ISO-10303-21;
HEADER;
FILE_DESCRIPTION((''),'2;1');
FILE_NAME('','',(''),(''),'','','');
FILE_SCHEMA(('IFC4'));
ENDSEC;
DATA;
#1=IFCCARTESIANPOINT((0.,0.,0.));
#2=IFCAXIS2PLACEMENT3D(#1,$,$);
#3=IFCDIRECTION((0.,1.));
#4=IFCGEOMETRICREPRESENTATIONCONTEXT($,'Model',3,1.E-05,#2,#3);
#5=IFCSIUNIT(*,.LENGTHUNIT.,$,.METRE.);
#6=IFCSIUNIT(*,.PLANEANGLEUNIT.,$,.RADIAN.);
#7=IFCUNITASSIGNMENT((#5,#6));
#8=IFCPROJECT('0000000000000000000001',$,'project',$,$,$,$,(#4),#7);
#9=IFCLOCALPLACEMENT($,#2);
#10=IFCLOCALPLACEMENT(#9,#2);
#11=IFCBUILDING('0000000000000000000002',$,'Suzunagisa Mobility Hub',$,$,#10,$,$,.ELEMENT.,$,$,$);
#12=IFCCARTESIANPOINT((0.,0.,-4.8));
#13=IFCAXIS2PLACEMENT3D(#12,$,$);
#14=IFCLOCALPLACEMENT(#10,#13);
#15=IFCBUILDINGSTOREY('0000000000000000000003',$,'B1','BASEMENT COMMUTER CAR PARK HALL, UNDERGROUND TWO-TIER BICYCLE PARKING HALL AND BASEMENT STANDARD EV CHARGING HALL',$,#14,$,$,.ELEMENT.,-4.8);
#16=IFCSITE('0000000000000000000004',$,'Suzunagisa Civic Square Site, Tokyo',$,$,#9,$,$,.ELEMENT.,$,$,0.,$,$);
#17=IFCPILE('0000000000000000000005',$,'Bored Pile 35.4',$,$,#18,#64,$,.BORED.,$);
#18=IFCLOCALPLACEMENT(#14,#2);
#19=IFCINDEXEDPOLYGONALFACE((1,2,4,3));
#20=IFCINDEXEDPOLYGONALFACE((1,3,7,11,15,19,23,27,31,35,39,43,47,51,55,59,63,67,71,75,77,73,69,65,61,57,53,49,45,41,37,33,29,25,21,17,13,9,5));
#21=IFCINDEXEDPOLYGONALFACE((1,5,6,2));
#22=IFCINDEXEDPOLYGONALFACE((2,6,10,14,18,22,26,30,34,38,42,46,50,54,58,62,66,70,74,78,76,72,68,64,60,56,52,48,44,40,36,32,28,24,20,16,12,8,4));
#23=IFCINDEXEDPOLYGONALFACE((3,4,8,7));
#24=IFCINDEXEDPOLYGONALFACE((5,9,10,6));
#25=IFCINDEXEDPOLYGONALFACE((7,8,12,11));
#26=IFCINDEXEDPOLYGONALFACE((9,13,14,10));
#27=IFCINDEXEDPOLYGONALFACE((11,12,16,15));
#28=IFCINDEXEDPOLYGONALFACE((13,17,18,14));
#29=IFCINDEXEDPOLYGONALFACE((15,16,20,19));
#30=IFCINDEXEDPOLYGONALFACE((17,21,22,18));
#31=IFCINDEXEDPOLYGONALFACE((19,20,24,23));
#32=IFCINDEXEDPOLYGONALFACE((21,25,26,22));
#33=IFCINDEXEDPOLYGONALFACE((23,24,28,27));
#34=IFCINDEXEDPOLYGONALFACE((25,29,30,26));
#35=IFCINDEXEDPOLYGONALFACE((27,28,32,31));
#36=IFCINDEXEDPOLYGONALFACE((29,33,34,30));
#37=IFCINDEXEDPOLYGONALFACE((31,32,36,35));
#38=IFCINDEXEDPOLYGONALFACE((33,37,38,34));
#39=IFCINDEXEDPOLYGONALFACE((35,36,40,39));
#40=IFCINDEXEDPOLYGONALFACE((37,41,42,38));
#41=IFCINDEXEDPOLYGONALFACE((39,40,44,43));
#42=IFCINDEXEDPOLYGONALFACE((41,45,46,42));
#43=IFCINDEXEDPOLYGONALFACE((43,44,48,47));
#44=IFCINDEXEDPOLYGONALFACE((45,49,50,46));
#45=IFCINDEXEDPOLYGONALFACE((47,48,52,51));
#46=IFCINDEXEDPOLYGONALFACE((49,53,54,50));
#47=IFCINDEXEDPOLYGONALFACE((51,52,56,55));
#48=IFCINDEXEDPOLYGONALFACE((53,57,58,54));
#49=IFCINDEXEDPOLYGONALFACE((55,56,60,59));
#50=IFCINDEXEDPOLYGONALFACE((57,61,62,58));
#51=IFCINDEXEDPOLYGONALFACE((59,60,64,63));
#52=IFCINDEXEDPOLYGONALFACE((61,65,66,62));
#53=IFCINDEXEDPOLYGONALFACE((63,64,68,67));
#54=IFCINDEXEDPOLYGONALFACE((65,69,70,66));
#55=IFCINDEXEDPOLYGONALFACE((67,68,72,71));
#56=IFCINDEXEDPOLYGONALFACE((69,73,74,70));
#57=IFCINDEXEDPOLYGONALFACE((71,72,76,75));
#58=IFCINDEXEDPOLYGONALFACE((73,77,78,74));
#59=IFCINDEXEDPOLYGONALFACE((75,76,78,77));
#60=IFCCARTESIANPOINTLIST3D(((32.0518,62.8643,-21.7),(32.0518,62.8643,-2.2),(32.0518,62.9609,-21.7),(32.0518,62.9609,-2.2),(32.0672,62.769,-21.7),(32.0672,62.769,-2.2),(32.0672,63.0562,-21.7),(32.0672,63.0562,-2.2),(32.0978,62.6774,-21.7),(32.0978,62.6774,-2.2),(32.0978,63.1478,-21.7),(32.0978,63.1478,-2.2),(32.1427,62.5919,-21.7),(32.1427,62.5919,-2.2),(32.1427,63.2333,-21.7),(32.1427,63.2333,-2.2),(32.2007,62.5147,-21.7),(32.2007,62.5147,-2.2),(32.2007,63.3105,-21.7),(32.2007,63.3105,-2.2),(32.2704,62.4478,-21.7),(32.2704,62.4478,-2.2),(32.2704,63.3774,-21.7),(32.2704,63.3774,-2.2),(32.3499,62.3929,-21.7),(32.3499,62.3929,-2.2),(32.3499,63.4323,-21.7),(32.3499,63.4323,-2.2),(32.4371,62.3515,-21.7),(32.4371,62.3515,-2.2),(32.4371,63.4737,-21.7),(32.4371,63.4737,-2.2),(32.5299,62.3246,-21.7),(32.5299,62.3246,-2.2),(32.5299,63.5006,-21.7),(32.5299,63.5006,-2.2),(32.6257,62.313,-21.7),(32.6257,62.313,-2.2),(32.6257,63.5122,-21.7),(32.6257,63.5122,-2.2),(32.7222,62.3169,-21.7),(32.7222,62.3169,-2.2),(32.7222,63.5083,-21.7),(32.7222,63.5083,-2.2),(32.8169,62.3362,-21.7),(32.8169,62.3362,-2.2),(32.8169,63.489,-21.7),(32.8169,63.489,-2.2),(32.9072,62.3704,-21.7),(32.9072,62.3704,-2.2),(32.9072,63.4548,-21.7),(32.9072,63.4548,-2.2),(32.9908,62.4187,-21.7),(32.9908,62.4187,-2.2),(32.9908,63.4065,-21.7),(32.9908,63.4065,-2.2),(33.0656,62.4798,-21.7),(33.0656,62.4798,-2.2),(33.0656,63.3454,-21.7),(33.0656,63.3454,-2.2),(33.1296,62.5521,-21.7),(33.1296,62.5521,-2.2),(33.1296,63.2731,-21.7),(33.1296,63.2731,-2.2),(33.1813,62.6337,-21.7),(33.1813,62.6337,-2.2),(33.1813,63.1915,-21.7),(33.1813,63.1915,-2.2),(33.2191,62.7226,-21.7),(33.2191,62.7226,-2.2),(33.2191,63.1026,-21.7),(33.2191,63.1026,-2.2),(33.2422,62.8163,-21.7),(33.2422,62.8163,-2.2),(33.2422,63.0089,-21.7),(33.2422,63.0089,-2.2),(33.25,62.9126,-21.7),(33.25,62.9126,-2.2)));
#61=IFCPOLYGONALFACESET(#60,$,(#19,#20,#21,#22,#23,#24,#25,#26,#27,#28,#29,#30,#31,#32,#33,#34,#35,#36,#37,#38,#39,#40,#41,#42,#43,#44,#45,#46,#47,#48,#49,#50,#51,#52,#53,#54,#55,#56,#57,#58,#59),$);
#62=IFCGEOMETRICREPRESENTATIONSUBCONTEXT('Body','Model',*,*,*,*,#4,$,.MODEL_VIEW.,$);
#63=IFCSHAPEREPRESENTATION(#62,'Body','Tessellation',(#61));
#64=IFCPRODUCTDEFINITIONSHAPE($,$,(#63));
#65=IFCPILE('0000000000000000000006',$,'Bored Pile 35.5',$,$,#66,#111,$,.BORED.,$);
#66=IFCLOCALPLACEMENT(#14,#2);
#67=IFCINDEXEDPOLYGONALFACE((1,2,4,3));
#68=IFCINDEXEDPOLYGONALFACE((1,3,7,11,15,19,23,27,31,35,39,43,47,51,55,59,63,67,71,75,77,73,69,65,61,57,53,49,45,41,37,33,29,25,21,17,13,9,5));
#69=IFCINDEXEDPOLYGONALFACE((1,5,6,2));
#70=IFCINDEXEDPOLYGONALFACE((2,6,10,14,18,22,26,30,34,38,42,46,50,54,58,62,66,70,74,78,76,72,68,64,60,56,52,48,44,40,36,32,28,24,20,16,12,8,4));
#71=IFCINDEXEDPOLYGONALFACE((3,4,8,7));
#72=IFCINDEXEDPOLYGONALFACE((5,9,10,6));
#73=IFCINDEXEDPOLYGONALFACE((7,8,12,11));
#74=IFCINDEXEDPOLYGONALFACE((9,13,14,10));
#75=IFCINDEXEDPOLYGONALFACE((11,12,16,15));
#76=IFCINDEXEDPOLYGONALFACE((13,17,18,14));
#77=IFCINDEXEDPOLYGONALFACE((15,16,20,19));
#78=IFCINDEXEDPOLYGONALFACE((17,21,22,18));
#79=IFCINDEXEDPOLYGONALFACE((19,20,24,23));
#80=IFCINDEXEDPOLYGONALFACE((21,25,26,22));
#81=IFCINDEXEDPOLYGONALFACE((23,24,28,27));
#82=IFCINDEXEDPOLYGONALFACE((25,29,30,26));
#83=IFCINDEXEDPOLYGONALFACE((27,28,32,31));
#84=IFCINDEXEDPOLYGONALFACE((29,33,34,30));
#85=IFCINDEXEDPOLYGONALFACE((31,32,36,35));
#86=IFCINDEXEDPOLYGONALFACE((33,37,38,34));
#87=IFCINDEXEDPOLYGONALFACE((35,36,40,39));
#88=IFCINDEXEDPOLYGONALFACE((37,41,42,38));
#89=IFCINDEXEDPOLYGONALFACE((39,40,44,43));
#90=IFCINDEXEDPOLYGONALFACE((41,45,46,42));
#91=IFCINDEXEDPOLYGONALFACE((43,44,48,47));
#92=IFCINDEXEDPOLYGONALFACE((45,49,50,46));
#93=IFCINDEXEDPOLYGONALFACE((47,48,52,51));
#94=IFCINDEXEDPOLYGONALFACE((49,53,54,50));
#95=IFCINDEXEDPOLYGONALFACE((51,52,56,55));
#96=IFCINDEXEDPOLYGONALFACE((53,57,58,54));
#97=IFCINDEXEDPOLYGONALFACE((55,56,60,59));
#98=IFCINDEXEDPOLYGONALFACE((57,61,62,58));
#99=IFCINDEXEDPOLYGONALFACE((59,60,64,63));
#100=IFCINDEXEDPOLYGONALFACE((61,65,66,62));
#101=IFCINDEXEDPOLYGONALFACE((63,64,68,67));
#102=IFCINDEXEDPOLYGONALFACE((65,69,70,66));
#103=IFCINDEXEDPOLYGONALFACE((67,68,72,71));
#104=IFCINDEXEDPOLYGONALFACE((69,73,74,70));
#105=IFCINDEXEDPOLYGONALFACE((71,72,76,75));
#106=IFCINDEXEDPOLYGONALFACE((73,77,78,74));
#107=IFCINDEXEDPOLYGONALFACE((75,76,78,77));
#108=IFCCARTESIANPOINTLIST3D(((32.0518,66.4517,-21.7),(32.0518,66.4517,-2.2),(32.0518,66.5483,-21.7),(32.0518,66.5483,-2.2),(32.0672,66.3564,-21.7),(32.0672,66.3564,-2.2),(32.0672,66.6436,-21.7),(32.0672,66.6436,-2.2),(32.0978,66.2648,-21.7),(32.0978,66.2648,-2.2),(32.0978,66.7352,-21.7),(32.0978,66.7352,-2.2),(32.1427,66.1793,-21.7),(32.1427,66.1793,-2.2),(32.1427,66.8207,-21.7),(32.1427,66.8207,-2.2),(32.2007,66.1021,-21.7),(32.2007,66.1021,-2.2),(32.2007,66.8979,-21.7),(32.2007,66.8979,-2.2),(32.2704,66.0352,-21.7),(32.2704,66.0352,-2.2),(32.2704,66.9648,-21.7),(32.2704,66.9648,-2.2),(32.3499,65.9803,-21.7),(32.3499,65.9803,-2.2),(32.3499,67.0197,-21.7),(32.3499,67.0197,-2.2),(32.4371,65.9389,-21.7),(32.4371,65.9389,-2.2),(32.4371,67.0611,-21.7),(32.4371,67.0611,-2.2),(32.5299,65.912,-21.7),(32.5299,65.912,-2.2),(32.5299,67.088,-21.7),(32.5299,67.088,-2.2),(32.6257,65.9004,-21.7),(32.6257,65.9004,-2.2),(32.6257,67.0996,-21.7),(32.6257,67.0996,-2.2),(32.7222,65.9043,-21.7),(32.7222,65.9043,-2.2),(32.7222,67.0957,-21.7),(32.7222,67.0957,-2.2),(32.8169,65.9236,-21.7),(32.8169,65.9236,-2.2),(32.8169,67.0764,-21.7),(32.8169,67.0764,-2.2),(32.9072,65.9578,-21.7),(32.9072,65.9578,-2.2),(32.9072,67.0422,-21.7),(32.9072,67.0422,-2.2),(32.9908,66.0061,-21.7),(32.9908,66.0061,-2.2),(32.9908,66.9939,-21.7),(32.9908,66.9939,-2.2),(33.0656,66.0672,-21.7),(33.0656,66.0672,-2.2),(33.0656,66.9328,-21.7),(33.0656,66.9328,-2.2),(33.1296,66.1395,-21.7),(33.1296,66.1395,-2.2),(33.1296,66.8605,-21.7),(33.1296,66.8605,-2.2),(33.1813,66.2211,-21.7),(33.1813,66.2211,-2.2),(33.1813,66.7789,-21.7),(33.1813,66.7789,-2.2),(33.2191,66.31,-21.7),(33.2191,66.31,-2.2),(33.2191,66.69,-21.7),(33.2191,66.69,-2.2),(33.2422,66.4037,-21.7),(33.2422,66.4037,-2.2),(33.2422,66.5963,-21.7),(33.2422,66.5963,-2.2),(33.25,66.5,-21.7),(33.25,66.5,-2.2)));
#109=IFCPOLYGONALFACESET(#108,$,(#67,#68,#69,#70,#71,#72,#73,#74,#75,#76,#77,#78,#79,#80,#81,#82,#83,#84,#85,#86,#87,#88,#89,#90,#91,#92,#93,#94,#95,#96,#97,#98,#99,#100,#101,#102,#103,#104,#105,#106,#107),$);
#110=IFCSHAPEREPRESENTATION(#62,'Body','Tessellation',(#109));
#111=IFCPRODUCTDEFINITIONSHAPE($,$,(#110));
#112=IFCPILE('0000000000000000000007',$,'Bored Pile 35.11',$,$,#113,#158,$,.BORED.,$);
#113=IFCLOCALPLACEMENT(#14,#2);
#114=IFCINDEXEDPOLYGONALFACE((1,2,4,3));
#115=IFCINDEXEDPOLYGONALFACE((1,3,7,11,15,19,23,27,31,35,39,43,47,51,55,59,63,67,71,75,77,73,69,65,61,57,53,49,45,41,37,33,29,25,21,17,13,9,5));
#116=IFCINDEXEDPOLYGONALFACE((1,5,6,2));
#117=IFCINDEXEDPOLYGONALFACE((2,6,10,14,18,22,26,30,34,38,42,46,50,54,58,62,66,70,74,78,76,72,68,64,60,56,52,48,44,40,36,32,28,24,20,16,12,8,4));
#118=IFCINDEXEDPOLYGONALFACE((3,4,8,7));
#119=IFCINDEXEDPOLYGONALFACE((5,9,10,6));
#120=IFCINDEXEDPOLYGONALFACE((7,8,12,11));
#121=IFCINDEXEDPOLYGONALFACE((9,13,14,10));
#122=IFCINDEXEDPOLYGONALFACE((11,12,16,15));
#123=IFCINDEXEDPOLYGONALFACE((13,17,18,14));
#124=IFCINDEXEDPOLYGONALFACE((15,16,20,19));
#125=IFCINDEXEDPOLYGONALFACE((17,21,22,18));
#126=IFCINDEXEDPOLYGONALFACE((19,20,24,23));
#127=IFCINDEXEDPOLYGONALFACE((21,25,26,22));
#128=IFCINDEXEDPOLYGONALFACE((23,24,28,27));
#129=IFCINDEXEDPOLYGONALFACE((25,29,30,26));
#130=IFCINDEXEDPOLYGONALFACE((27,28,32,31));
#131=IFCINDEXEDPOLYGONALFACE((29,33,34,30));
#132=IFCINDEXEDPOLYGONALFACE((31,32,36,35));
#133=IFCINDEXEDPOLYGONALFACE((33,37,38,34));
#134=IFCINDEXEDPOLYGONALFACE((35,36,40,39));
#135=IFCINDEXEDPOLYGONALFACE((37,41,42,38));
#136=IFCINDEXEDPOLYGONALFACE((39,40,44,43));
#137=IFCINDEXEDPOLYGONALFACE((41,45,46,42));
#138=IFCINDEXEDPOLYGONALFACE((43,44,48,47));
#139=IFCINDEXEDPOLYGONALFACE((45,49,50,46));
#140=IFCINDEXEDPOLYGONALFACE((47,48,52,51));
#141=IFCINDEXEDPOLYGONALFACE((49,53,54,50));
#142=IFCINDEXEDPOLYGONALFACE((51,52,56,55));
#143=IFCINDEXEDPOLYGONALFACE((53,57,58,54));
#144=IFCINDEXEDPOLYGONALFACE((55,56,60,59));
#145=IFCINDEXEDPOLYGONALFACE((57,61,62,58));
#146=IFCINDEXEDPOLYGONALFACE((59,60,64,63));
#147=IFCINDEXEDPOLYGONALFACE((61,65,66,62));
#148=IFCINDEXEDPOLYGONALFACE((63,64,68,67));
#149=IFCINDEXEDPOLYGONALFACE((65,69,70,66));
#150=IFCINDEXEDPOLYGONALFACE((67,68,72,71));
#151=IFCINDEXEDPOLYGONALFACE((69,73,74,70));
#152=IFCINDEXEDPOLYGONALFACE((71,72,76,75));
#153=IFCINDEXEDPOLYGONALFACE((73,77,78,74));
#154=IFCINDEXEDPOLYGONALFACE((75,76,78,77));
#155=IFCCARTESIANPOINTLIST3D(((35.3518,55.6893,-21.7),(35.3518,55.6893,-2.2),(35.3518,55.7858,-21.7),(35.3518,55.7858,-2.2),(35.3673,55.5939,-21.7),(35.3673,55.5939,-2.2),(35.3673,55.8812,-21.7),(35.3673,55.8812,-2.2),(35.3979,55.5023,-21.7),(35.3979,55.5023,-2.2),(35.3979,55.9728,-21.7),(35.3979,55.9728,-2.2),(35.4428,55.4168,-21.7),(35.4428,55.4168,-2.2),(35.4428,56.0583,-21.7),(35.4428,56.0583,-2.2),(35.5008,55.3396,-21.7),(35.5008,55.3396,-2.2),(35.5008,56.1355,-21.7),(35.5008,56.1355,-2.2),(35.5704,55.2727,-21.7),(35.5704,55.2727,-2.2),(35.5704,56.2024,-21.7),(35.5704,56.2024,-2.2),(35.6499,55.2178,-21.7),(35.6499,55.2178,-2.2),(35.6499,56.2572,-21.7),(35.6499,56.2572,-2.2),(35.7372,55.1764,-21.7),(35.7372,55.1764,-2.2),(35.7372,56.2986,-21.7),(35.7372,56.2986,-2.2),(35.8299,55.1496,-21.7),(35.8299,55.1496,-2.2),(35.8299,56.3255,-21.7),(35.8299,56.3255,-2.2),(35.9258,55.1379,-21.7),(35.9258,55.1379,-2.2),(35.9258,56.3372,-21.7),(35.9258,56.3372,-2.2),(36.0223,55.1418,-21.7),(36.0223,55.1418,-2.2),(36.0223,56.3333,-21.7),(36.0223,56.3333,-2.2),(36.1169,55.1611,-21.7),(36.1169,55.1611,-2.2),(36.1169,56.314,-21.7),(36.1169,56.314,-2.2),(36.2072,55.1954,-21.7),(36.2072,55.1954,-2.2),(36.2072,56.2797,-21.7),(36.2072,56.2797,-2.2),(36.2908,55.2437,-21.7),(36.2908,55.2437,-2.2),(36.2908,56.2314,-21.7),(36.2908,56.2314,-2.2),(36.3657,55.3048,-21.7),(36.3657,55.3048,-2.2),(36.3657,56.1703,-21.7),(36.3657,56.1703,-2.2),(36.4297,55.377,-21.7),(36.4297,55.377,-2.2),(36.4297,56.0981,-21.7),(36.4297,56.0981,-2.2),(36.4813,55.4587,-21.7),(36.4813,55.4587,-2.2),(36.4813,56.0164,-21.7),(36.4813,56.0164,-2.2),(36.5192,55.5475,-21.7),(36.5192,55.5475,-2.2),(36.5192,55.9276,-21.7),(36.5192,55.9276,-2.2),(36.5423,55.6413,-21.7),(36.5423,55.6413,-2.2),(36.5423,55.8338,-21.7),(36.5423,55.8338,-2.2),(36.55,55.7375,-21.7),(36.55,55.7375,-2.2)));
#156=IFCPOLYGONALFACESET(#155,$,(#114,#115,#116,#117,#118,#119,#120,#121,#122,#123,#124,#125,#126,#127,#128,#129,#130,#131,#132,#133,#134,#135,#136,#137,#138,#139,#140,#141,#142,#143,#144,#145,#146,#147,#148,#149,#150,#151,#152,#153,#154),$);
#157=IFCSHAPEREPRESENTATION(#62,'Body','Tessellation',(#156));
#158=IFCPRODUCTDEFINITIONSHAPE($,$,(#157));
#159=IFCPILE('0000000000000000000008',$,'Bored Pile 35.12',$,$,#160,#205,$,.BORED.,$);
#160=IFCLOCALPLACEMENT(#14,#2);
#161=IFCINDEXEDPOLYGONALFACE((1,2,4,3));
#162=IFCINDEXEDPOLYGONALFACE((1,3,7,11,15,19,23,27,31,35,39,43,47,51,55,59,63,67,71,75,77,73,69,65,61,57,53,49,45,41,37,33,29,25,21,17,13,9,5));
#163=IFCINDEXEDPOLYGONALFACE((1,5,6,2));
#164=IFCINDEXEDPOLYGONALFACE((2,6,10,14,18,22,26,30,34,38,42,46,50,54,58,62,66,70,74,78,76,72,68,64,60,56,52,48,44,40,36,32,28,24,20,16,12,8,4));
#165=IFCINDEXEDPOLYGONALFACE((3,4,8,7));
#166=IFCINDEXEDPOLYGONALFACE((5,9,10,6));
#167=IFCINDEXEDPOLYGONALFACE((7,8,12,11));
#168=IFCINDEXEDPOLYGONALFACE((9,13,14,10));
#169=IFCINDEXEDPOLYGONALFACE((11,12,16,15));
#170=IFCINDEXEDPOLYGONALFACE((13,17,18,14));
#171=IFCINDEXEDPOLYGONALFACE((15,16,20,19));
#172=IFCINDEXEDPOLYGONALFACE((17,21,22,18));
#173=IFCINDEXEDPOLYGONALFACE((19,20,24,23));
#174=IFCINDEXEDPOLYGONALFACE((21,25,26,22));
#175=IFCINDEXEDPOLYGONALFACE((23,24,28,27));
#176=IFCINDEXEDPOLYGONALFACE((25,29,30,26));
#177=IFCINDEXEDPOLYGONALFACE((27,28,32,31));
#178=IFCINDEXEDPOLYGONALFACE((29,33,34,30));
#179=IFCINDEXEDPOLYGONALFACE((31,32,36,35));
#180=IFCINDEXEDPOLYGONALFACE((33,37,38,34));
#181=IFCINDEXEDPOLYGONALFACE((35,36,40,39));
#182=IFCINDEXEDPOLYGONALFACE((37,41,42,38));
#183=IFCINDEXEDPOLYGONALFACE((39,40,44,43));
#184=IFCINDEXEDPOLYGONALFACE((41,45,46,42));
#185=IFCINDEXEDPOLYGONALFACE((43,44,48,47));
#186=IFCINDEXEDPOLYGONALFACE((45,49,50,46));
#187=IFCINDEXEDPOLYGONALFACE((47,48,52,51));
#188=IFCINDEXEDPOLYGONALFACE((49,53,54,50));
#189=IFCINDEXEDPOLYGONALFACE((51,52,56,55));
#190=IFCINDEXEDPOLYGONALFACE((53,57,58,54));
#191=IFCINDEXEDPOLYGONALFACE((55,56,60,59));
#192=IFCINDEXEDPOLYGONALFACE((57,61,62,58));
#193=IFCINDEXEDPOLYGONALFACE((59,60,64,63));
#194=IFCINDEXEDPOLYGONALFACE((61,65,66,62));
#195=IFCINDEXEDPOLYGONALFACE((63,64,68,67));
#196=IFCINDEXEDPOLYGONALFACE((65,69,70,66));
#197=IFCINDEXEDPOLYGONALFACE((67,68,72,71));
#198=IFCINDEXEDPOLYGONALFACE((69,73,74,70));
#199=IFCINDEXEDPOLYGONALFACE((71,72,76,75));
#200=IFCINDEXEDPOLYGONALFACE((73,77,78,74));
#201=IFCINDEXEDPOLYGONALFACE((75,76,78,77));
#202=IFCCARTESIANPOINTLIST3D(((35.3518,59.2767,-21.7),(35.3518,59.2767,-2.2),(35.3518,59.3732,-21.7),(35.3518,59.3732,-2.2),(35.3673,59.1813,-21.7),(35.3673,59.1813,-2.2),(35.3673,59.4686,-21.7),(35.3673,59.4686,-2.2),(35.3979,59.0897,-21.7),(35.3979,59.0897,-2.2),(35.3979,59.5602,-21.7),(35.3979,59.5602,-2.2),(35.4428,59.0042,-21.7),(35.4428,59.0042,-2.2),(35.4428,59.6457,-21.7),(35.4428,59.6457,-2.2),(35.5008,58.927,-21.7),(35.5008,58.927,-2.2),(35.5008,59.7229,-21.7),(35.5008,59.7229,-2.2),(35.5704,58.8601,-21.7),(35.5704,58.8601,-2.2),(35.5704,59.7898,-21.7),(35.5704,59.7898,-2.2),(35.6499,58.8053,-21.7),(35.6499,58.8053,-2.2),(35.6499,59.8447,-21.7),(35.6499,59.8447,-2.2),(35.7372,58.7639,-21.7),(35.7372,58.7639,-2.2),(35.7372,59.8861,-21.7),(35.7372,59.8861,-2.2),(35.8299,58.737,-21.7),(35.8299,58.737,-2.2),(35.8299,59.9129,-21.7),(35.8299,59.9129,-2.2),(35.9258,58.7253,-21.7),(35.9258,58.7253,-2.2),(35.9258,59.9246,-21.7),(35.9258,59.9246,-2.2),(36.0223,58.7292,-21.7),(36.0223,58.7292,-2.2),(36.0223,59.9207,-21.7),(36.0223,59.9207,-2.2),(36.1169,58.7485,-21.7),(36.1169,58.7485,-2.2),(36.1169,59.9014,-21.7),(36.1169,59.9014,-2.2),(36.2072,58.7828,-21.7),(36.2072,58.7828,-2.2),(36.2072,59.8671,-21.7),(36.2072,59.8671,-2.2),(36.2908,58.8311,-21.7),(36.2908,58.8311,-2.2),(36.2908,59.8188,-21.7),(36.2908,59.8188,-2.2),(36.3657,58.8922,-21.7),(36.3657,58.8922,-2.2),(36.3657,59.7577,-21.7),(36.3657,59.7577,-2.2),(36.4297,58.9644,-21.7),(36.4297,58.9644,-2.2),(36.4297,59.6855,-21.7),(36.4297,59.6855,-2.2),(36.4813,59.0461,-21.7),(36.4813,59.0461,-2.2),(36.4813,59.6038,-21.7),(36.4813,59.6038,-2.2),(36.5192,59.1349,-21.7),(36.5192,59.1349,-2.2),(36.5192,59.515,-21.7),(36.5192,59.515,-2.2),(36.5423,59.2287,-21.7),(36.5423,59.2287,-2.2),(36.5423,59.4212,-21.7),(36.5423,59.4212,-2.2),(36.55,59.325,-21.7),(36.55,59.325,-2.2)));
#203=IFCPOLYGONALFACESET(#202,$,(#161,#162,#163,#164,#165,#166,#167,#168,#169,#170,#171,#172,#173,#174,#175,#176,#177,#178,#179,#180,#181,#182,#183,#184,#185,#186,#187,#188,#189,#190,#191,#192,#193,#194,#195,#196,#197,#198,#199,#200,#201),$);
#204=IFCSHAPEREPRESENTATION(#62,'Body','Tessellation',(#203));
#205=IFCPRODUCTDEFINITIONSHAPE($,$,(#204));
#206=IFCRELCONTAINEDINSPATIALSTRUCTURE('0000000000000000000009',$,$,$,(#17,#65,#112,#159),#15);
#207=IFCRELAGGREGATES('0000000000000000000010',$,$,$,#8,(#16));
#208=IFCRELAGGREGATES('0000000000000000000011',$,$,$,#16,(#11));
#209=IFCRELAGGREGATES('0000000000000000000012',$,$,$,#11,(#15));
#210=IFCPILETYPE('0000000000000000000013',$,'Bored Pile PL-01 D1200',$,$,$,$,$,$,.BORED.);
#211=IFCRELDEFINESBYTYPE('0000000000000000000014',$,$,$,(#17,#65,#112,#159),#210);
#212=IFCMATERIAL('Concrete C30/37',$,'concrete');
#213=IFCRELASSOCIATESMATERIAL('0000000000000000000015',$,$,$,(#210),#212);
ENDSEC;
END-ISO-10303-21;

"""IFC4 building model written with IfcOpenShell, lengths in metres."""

from ifc_helpers import new_model, si_unit, direction, frame, origin, origin_2d, place, context, subcontext, project, spatial, circle, extrude, material, material_profile, profile_set, type_object, element, save


model = new_model("IFC4")

# Units and contexts
model_context = context("Model", 3, precision=1e-05, world=origin(), true_north=direction((0.0, 1.0)))
body_context = subcontext(model_context, "Body", "Model", "MODEL_VIEW")
ifc_project = project(units=[si_unit("LENGTHUNIT", "METRE"), si_unit("PLANEANGLEUNIT", "RADIAN")], contexts=[model_context])

# Site, building, storey
site_placement = place(None, origin())
site = spatial("IfcSite", under=ifc_project, at=site_placement, Name="Suzunagisa Civic Square Site, Tokyo", CompositionType="ELEMENT", RefElevation=0.0)
building_placement = place(site_placement, origin())
building = spatial("IfcBuilding", under=site, at=building_placement, Name="Suzunagisa Mobility Hub", CompositionType="ELEMENT")
storey_placement = place(building_placement, frame((0.0, 0.0, -4.8)))
storey = spatial("IfcBuildingStorey", under=building, at=storey_placement, Name="B1", Description="BASEMENT COMMUTER CAR PARK HALL, UNDERGROUND TWO-TIER BICYCLE PARKING HALL AND BASEMENT STANDARD EV CHARGING HALL", CompositionType="ELEMENT", Elevation=-4.8)

# Piles
ifc_material_1 = material(Name="Concrete C30/37", Category="concrete")
ifc_material_profile_1 = material_profile(ifc_material_1, circle(Radius=0.6001, at=origin_2d()), Name="BORED PILE D1200")
ifc_profile_set_1 = profile_set([ifc_material_profile_1], Name="Concrete C30/37")
pile_type = type_object("IfcPileType", Name="Bored Pile PL-01 D1200", PredefinedType="BORED", material=ifc_profile_set_1)
for number, where, z_axis, x_axis, name in (
    (1, (32.6499, 62.9126, -2.2), (0.0, 0.0, -1.0), (1.0, 0.0, 0.0), "Bored Pile 35.4"),
    (2, (32.6499, 66.5, -2.2), (0.0, 0.0, -1.0), (1.0, 0.0, 0.0), "Bored Pile 35.5"),
    (3, (35.95, 55.7375, -2.2), (0.0, 0.0, -1.0), (1.0, 0.0, 0.0), "Bored Pile 35.11"),
    (4, (35.95, 59.325, -2.2), (0.0, 0.0, -1.0), (1.0, 0.0, 0.0), "Bored Pile 35.12"),
):
    element("IfcPile", number, at=place(storey_placement, frame(where, z_axis=z_axis, x_axis=x_axis)), inside=storey, type_object=pile_type, Name=name, PredefinedType="BORED", context=body_context, shape_type="SweptSolid", body=[
        extrude(circle(Radius=0.6001, at=origin_2d()), origin(), (0.0, 0.0, 1.0), 19.5),
    ])

save(model, "model.ifc")
